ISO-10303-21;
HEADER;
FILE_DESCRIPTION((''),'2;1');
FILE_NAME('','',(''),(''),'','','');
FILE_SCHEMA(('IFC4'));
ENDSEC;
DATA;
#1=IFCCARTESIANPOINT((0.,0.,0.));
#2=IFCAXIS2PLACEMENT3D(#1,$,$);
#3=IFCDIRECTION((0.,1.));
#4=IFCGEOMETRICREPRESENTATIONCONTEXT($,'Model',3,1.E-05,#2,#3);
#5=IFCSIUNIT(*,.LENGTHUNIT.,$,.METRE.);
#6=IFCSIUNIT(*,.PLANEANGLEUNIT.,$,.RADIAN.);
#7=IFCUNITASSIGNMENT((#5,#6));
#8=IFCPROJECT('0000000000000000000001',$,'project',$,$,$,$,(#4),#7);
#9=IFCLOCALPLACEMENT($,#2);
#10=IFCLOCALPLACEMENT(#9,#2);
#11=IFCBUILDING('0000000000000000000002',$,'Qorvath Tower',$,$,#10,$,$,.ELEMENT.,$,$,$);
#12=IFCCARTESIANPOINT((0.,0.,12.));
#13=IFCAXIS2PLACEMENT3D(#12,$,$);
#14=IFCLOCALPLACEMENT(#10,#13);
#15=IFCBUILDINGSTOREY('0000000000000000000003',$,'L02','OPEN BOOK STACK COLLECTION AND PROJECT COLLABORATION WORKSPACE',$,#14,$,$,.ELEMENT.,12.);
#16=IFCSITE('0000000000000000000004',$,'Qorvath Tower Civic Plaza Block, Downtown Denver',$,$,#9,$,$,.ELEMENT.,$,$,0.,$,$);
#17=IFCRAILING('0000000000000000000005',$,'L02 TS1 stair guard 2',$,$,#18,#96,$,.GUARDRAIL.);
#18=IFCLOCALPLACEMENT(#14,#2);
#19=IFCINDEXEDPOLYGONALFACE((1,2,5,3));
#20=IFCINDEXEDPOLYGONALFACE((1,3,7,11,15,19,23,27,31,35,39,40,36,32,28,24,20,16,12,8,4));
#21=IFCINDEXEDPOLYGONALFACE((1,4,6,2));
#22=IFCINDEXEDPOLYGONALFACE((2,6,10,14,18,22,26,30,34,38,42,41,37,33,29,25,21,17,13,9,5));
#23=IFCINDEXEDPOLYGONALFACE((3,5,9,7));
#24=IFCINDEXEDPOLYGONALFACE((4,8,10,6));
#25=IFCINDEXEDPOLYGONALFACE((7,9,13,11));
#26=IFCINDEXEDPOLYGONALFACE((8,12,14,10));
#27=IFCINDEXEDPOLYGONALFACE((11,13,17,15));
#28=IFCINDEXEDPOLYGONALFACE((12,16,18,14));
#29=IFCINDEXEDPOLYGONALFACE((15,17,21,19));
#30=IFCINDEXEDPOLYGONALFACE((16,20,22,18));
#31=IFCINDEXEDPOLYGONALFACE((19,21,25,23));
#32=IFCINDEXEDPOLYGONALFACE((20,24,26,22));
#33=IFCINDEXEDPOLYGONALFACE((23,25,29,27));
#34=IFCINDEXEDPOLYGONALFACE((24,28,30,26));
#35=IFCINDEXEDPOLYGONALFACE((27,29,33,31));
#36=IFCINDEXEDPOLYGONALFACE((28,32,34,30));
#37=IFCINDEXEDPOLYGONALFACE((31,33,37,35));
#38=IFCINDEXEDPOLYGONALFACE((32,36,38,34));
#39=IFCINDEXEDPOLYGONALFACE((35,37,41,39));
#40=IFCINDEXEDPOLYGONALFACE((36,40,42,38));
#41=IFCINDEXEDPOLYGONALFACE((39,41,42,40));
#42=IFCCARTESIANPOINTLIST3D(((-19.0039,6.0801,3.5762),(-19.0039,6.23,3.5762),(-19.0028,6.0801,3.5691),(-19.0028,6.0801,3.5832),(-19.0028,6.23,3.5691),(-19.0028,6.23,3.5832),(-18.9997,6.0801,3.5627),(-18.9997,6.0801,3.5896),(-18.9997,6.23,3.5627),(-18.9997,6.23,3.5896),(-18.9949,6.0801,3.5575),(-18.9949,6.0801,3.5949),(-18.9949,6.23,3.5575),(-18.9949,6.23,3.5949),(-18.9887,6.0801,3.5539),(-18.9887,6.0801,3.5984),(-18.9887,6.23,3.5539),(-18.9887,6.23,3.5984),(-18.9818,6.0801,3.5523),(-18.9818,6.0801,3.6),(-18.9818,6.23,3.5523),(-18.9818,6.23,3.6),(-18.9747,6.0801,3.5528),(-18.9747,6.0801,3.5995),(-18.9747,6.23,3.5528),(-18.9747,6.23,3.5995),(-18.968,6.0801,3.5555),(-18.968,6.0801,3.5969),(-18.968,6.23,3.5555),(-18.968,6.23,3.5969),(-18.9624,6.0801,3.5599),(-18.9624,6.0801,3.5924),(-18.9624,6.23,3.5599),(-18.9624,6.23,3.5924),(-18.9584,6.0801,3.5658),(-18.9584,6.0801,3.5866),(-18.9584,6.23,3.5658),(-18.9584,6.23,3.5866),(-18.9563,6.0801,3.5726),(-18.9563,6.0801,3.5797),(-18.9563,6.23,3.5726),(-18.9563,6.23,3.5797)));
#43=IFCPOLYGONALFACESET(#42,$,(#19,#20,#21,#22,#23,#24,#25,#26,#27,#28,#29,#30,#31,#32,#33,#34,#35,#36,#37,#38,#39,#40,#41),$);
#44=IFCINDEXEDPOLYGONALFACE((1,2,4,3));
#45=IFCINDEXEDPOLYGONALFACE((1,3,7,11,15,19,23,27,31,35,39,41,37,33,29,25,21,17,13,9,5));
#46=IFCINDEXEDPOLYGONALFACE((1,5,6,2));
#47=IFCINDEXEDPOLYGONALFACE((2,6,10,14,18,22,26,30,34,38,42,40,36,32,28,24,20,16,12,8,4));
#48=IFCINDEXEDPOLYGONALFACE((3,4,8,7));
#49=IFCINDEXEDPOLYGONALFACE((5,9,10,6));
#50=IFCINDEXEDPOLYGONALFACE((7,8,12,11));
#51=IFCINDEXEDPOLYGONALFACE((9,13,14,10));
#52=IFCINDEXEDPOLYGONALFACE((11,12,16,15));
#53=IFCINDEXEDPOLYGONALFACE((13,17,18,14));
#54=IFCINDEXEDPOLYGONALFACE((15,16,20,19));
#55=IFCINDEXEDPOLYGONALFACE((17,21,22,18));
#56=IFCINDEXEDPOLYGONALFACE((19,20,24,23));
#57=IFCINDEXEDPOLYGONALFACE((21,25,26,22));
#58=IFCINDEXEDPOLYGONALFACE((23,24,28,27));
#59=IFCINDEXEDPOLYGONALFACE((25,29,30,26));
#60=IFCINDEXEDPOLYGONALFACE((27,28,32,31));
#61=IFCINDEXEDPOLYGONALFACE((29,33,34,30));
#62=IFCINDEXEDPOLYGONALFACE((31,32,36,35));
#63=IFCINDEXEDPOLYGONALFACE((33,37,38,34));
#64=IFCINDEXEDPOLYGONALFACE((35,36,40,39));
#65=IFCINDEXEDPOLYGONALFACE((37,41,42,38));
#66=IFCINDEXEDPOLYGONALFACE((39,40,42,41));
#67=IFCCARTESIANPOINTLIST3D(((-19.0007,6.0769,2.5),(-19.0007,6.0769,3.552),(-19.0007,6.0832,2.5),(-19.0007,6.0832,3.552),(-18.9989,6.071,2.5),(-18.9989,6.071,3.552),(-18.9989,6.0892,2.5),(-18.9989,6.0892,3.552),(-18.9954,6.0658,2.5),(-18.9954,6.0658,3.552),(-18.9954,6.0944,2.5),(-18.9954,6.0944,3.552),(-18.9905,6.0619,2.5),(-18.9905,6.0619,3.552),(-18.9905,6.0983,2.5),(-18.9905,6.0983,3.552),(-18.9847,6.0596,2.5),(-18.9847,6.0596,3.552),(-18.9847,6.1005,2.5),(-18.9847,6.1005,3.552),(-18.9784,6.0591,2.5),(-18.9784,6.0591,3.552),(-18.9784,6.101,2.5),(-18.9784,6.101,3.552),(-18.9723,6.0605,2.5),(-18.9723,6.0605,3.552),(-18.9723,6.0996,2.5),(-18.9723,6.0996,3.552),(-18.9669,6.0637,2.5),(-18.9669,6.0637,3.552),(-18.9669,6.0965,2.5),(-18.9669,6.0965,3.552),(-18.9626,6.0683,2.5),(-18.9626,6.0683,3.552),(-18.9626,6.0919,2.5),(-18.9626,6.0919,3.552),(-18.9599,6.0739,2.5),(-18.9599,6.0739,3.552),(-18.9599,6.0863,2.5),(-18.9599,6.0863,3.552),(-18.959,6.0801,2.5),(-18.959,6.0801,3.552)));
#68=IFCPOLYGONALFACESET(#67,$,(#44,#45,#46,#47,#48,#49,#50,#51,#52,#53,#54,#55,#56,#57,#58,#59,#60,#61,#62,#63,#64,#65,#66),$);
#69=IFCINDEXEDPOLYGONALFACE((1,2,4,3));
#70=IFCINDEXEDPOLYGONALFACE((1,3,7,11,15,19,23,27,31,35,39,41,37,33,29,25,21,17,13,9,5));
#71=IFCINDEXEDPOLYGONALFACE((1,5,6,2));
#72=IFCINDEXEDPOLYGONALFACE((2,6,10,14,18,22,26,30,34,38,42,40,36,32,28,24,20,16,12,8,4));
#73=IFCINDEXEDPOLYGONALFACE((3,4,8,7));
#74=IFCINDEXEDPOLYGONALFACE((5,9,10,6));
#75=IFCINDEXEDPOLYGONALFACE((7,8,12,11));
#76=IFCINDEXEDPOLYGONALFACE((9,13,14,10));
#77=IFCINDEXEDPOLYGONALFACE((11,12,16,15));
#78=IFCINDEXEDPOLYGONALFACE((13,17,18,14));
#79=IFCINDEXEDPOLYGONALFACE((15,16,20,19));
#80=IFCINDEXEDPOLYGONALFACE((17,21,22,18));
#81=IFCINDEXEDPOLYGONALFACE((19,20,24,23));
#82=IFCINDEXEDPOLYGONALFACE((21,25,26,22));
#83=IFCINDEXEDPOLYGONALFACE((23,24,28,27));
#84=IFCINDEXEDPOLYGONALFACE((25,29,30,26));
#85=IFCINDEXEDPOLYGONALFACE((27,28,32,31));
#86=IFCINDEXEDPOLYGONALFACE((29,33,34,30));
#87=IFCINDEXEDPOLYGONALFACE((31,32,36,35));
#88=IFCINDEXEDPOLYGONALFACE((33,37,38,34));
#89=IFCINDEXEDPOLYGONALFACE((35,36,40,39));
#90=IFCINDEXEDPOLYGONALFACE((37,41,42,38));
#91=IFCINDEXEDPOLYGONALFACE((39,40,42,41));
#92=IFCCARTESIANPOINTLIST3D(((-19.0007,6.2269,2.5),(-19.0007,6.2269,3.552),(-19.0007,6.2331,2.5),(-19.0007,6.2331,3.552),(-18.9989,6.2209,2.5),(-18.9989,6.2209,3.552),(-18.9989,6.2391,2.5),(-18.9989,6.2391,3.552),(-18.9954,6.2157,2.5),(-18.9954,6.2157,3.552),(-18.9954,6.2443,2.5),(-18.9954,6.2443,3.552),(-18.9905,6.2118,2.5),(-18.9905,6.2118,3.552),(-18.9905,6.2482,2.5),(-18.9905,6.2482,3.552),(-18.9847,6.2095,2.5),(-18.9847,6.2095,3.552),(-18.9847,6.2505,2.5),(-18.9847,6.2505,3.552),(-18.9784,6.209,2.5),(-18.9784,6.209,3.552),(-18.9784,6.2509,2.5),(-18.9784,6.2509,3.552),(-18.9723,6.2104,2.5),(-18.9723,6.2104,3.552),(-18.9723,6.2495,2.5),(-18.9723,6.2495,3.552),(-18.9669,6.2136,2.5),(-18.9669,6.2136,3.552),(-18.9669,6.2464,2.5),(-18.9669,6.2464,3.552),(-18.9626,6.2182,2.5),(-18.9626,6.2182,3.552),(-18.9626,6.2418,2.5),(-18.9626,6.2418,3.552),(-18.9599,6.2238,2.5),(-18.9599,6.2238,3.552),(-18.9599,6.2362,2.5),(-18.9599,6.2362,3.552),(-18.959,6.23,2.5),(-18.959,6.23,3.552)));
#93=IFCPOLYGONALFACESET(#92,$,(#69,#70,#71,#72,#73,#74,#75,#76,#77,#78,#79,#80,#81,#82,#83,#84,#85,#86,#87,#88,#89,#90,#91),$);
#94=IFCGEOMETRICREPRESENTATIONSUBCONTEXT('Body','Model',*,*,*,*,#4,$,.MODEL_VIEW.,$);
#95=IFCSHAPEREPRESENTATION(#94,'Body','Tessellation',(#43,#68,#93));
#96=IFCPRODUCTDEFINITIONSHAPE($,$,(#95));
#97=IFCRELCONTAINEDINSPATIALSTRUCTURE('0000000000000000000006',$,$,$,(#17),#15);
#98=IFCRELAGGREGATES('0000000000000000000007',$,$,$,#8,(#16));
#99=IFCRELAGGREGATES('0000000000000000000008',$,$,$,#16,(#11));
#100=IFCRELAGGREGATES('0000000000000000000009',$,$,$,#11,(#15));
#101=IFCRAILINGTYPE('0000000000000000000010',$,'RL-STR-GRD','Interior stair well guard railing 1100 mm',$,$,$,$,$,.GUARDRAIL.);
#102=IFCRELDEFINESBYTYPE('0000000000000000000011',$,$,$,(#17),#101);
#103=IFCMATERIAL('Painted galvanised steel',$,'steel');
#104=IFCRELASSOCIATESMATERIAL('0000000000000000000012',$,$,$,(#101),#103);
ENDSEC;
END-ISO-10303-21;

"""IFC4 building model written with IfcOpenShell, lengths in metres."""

from ifc_helpers import new_model, si_unit, direction, frame, origin, origin_2d, place, context, subcontext, project, spatial, circle, extrude, material, type_object, element, save


model = new_model("IFC4")

# Units and contexts
model_context = context("Model", 3, precision=1e-05, world=origin(), true_north=direction((0.0, 1.0)))
body_context = subcontext(model_context, "Body", "Model", "MODEL_VIEW")
ifc_project = project(units=[si_unit("LENGTHUNIT", "METRE"), si_unit("PLANEANGLEUNIT", "RADIAN")], contexts=[model_context])

# Site, building, storey
site_placement = place(None, origin())
site = spatial("IfcSite", under=ifc_project, at=site_placement, Name="Qorvath Tower Civic Plaza Block, Downtown Denver", CompositionType="ELEMENT", RefElevation=0.0)
building_placement = place(site_placement, origin())
building = spatial("IfcBuilding", under=site, at=building_placement, Name="Qorvath Tower", CompositionType="ELEMENT")
storey_placement = place(building_placement, frame((0.0, 0.0, 12.0)))
storey = spatial("IfcBuildingStorey", under=building, at=storey_placement, Name="L02", Description="OPEN BOOK STACK COLLECTION AND PROJECT COLLABORATION WORKSPACE", CompositionType="ELEMENT", Elevation=12.0)

# Railing
ifc_material_1 = material(Name="Painted galvanised steel", Category="steel")
railing_type_1 = type_object("IfcRailingType", Name="RL-STR-GRD", Description="Interior stair well guard railing 1100 mm", PredefinedType="GUARDRAIL", material=ifc_material_1)
railing_1_placement = place(storey_placement, frame((-18.98, 6.0801, 2.5)))
element("IfcRailing", 1, at=railing_1_placement, inside=storey, type_object=railing_type_1, Name="L02 TS1 stair guard 2", PredefinedType="GUARDRAIL", context=body_context, shape_type="SweptSolid", body=[
    extrude(circle(Radius=0.0239, at=origin_2d()), frame((0.0, 0.0, 1.0762), z_axis=(0.0, 1.0, 0.0), x_axis=(-1.0, 0.0, 0.0)), (0.0, 0.0, 1.0), 0.1499),
    extrude(circle(Radius=0.021, at=origin_2d()), origin(), (0.0, 0.0, 1.0), 1.052),
    extrude(circle(Radius=0.021, at=origin_2d()), frame((0.0, 0.1499, 0.0)), (0.0, 0.0, 1.0), 1.052),
])

save(model, "model.ifc")
